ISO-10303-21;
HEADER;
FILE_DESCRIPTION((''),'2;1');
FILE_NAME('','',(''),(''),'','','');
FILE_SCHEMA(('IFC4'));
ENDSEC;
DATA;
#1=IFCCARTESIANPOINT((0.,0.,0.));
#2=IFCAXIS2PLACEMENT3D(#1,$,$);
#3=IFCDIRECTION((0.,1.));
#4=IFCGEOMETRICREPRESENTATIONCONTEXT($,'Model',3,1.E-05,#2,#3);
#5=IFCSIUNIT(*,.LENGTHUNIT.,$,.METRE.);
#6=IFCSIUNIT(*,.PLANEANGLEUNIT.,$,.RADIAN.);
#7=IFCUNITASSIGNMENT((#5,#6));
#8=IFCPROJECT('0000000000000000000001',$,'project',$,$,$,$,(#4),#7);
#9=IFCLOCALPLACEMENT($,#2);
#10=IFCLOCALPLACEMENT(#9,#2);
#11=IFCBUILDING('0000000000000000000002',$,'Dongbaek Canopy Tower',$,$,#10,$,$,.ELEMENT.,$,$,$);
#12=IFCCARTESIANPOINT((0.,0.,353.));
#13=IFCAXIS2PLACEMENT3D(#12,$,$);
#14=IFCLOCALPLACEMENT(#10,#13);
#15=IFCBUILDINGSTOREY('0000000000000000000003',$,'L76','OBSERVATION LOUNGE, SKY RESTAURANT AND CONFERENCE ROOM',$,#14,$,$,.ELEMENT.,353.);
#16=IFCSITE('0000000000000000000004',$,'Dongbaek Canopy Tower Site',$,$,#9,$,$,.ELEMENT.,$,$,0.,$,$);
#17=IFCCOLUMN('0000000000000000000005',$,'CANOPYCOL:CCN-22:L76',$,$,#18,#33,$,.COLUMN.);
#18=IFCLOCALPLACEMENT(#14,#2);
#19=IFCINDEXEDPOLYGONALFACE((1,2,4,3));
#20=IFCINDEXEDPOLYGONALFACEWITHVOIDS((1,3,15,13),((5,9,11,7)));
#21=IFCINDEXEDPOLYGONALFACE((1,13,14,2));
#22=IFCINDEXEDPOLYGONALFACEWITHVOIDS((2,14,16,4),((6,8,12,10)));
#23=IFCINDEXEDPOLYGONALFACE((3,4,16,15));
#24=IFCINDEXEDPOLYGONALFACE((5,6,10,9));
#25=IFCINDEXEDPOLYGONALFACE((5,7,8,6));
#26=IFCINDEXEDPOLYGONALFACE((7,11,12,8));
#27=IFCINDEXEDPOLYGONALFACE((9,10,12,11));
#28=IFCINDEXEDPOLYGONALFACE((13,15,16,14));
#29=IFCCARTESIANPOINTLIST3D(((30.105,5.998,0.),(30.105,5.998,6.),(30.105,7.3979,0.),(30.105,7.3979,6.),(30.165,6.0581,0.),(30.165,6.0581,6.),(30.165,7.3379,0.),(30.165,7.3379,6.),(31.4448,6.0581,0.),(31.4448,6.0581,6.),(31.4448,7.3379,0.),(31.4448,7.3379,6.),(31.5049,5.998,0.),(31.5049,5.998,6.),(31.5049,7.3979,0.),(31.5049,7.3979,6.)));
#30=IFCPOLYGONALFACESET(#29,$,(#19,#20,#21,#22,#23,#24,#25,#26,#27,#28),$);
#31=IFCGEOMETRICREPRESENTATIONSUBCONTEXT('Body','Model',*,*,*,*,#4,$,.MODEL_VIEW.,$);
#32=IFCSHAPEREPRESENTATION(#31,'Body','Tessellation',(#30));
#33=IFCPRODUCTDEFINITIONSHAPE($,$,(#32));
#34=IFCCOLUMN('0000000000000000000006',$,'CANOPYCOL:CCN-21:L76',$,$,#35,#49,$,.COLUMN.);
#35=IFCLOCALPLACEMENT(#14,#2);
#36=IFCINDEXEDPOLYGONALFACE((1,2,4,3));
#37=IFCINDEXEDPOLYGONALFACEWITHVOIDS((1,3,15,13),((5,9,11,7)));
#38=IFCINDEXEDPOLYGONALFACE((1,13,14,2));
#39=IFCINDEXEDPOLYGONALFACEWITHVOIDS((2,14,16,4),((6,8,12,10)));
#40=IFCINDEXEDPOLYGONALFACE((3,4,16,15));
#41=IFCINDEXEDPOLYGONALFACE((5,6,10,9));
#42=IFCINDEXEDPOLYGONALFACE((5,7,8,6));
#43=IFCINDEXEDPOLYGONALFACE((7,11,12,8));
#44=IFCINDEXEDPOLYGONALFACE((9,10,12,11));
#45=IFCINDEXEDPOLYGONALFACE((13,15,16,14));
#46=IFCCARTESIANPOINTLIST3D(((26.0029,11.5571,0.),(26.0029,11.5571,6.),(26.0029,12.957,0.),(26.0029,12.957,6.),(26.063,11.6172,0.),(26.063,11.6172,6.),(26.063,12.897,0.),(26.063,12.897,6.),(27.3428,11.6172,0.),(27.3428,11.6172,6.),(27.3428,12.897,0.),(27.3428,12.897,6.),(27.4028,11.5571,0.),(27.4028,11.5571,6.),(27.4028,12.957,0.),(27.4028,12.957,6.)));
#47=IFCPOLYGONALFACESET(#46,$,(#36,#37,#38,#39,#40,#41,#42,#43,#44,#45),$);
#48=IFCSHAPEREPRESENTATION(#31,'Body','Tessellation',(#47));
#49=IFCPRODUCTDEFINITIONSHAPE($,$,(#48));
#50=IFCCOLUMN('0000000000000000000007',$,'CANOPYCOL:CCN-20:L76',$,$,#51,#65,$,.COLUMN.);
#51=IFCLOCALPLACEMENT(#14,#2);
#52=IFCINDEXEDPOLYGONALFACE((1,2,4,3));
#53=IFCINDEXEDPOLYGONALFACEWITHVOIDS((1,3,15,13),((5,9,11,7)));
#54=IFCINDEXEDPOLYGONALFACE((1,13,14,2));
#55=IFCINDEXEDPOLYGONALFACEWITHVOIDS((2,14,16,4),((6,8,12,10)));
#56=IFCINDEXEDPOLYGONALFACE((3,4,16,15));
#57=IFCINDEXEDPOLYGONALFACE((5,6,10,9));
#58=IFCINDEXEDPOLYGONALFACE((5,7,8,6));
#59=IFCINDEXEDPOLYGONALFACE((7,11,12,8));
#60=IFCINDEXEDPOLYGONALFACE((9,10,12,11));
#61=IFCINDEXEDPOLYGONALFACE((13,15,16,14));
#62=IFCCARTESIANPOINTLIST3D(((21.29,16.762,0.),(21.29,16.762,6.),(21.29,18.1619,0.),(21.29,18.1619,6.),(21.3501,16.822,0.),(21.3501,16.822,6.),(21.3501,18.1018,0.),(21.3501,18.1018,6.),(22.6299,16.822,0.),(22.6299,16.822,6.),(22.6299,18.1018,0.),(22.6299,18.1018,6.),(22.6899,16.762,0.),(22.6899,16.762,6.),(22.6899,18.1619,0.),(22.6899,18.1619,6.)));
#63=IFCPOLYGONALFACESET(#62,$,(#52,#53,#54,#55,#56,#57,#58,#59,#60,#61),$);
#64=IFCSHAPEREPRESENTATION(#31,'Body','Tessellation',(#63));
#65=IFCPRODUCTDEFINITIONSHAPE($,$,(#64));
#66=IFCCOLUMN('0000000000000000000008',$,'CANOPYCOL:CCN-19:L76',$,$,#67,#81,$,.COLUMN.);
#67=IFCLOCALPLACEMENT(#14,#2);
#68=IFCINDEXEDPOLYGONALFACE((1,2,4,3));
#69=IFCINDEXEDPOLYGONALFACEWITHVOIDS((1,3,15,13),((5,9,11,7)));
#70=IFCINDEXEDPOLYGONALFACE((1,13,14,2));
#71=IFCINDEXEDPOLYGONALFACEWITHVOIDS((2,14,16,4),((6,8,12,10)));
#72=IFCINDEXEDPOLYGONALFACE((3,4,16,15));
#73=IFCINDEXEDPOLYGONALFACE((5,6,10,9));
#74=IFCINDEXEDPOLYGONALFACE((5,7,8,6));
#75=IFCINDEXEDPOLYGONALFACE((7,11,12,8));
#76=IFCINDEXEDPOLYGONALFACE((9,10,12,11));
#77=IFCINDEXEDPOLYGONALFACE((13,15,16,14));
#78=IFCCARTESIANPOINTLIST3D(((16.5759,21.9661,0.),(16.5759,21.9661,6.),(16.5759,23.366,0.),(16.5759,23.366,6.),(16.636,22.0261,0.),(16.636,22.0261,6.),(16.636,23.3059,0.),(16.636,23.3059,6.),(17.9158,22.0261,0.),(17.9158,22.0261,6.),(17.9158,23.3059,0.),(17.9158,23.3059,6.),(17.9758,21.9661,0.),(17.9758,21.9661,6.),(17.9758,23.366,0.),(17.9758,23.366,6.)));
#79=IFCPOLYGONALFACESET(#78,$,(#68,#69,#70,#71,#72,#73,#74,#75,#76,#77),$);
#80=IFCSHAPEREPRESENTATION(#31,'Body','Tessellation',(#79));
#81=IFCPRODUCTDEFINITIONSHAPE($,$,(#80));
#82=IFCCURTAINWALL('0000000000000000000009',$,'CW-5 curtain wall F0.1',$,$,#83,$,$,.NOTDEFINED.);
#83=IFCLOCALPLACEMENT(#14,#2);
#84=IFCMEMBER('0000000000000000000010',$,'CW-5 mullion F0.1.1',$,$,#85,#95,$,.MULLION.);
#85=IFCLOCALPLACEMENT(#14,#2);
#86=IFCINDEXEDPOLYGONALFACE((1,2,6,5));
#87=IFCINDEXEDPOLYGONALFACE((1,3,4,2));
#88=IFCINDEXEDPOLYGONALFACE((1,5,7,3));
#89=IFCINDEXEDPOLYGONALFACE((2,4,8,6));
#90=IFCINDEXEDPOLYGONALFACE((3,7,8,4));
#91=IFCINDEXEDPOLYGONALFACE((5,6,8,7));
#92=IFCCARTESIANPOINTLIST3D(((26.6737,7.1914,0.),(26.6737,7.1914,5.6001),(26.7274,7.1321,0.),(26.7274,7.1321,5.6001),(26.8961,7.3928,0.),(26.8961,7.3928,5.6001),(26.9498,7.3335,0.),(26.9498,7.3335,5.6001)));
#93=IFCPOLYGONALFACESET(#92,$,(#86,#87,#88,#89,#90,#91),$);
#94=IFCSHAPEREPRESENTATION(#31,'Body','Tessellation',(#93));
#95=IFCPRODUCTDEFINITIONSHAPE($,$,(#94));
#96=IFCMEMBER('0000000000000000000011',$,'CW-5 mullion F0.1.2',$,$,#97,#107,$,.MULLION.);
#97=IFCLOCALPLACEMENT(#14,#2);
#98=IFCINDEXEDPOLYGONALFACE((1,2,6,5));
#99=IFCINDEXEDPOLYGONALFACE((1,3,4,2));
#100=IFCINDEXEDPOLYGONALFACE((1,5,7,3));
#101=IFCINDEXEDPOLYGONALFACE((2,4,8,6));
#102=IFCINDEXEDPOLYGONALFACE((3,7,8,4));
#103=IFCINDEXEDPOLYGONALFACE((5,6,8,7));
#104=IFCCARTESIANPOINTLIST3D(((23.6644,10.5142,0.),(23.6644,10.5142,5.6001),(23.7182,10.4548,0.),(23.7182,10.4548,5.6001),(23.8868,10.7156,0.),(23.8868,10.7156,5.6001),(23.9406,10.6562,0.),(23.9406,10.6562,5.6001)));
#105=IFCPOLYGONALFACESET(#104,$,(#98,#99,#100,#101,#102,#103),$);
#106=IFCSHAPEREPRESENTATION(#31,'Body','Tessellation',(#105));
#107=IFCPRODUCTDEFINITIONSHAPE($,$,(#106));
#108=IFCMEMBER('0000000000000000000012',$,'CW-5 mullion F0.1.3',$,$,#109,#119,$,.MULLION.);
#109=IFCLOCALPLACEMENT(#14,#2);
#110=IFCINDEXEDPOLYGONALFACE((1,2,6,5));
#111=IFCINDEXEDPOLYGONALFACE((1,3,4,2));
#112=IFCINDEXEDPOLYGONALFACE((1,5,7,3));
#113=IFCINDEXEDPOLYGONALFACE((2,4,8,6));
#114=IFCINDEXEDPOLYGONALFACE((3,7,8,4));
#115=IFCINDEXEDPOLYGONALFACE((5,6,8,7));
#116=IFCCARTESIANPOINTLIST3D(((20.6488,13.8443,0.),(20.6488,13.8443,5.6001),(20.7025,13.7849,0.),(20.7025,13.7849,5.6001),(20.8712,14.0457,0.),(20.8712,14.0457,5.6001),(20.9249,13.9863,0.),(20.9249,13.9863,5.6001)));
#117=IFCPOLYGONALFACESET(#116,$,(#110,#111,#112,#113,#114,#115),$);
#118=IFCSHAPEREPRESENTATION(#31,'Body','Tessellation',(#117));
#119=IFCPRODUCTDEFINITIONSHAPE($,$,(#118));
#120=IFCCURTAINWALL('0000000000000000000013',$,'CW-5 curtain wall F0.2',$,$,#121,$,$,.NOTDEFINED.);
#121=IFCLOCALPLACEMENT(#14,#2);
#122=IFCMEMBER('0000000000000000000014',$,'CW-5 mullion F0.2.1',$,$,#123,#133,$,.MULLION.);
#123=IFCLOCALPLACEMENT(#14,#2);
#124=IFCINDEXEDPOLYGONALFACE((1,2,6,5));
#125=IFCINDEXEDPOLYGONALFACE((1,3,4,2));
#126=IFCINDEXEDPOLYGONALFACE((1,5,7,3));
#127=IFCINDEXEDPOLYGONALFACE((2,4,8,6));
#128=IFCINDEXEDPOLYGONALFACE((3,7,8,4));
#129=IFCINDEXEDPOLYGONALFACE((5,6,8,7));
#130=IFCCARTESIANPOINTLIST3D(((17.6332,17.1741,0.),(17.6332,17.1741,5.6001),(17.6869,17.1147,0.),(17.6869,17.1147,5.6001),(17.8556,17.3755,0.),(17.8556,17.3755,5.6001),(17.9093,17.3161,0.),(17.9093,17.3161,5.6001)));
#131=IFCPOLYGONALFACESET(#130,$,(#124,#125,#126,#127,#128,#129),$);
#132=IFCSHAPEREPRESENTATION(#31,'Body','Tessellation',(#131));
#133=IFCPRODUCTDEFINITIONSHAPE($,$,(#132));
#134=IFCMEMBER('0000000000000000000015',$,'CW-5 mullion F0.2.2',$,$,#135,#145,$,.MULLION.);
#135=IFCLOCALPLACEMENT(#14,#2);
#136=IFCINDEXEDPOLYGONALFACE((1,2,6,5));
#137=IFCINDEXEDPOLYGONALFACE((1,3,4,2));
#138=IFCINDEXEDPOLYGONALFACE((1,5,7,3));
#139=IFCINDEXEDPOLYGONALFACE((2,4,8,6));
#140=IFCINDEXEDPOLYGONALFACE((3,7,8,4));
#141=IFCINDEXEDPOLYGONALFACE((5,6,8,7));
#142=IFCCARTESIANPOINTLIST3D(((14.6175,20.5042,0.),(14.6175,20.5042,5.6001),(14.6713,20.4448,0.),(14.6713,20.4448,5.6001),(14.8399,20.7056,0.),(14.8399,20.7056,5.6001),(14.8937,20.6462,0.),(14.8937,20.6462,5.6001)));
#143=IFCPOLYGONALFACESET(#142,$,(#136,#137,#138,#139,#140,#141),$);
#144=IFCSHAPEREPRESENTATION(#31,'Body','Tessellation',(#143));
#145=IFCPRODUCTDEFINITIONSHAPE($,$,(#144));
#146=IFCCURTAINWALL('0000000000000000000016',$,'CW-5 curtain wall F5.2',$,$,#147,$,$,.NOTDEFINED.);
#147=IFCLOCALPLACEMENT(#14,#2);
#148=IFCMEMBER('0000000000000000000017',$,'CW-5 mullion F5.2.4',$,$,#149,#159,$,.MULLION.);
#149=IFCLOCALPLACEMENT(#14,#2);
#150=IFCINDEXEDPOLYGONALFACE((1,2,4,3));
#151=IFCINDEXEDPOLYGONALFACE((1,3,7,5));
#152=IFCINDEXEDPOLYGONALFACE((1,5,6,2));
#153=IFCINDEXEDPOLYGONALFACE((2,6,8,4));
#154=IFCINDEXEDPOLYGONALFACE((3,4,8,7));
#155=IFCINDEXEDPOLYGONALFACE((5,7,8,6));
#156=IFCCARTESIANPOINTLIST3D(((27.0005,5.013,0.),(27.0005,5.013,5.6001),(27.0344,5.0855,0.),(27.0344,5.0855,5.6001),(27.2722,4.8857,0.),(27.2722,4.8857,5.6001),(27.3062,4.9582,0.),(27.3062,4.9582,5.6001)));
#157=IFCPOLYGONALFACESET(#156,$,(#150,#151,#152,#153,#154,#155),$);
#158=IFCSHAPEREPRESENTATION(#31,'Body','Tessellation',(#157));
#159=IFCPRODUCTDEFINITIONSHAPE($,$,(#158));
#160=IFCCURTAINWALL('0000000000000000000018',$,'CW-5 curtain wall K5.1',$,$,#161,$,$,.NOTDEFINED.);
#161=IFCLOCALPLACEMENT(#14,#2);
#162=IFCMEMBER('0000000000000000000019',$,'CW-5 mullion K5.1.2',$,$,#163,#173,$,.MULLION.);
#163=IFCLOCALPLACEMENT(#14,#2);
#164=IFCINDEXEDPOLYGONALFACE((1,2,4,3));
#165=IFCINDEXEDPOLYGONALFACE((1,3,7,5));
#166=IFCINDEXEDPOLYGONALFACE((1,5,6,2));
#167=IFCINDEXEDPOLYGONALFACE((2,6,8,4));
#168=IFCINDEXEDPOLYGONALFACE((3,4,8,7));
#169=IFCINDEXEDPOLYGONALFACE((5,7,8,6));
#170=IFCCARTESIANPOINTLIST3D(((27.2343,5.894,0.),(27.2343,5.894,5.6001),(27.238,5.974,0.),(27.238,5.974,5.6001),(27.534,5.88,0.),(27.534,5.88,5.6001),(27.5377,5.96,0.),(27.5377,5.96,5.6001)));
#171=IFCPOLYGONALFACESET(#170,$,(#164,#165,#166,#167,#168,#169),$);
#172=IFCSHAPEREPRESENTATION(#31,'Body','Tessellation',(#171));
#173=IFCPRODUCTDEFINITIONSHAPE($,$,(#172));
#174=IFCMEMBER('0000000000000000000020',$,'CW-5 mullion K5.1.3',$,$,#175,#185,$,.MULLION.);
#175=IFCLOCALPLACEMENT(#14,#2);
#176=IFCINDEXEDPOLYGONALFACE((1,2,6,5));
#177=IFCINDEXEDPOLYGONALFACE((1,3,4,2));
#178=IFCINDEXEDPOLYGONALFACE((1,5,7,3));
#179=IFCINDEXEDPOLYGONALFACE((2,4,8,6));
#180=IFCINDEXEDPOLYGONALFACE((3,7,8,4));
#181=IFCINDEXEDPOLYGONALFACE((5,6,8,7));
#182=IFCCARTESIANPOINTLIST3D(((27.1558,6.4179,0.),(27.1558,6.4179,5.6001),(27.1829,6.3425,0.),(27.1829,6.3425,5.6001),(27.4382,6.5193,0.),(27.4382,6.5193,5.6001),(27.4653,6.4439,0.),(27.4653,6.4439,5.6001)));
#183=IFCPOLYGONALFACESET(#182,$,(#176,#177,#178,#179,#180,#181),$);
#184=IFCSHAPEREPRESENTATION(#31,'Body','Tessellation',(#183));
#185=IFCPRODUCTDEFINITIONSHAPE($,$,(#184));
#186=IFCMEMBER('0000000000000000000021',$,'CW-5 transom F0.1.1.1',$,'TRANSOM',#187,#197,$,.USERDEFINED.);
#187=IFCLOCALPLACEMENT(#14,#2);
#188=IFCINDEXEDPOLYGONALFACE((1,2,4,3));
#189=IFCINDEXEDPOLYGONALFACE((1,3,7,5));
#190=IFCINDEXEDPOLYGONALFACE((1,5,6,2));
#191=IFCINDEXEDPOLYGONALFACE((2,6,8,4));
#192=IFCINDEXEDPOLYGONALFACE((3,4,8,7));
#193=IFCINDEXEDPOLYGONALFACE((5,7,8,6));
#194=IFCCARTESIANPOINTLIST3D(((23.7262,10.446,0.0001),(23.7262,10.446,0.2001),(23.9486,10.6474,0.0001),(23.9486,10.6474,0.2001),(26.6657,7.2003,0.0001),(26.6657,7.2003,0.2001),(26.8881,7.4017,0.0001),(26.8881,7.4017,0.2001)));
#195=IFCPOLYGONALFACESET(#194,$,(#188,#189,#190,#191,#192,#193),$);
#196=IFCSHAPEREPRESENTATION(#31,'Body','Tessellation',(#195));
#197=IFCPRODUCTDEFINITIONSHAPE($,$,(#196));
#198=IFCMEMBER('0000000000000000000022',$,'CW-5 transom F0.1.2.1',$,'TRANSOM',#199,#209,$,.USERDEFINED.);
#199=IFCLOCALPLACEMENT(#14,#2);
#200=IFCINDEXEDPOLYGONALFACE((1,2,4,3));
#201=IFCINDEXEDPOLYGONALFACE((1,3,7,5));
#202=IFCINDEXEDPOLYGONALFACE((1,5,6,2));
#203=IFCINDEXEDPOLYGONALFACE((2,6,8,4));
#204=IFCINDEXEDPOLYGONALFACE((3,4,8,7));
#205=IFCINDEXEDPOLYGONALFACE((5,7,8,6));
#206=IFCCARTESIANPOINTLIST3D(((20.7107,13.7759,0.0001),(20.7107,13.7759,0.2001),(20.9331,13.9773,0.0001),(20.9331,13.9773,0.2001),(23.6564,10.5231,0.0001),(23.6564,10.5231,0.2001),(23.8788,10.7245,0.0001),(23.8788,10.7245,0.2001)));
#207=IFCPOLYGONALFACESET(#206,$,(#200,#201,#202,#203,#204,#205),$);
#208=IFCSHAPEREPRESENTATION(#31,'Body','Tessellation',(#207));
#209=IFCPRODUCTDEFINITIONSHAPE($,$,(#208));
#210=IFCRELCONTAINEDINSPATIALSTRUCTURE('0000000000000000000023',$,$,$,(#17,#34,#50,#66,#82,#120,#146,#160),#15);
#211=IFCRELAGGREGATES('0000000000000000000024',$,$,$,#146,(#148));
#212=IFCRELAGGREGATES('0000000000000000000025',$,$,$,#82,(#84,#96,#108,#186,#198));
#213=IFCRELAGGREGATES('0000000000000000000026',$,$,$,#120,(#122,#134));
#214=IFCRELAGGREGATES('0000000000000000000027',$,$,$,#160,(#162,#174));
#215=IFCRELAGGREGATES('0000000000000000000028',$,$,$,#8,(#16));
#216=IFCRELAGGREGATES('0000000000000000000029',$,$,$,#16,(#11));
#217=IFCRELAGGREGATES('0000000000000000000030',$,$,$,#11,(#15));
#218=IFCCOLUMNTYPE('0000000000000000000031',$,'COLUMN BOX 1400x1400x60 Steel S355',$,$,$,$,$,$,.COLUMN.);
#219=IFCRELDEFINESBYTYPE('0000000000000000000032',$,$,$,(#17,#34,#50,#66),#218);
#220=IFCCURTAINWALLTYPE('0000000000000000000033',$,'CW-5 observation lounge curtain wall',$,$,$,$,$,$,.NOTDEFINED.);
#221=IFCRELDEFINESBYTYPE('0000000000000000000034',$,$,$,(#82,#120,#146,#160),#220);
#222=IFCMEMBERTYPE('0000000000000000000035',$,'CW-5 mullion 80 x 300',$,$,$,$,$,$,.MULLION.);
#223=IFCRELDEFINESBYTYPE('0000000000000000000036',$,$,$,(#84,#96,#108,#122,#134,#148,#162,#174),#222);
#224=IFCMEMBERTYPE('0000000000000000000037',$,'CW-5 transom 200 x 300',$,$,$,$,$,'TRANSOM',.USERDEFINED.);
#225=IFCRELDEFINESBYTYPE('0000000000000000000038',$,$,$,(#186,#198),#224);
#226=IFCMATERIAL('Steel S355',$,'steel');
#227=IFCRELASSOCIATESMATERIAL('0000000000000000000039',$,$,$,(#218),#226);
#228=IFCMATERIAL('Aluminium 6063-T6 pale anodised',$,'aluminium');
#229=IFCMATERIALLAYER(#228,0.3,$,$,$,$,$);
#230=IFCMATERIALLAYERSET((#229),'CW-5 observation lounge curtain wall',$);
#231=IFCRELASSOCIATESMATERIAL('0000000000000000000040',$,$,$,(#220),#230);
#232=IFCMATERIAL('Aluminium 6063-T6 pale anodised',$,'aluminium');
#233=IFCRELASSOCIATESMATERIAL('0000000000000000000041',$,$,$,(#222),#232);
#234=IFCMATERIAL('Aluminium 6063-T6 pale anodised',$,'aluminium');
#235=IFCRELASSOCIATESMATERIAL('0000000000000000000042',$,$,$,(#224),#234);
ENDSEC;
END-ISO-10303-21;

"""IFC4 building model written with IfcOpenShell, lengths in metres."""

from ifc_helpers import new_model, si_unit, direction, frame, origin, origin_2d, place, context, subcontext, project, spatial, rectangle, hollow_rectangle, extrude, material, layer, layer_set, material_profile, profile_set, type_object, element, aggregate, save


model = new_model("IFC4")

# Units and contexts
model_context = context("Model", 3, precision=1e-05, world=origin(), true_north=direction((0.0, 1.0)))
body_context = subcontext(model_context, "Body", "Model", "MODEL_VIEW")
ifc_project = project(units=[si_unit("LENGTHUNIT", "METRE"), si_unit("PLANEANGLEUNIT", "RADIAN")], contexts=[model_context])

# Site, building, storey
site_placement = place(None, origin())
site = spatial("IfcSite", under=ifc_project, at=site_placement, Name="Dongbaek Canopy Tower Site", CompositionType="ELEMENT", RefElevation=0.0)
building_placement = place(site_placement, origin())
building = spatial("IfcBuilding", under=site, at=building_placement, Name="Dongbaek Canopy Tower", CompositionType="ELEMENT")
storey_placement = place(building_placement, frame((0.0, 0.0, 353.0)))
storey = spatial("IfcBuildingStorey", under=building, at=storey_placement, Name="L76", Description="OBSERVATION LOUNGE, SKY RESTAURANT AND CONFERENCE ROOM", CompositionType="ELEMENT", Elevation=353.0)

# Columns
ifc_material_1 = material(Name="Steel S355", Category="steel")
ifc_material_profile_1 = material_profile(ifc_material_1, hollow_rectangle(XDim=1.3999, YDim=1.3999, WallThickness=0.0601, at=origin_2d()), Name="COLUMN BOX 1400x1400x60 Steel S355")
ifc_profile_set_1 = profile_set([ifc_material_profile_1], Name="Steel S355")
column_type = type_object("IfcColumnType", Name="COLUMN BOX 1400x1400x60 Steel S355", PredefinedType="COLUMN", material=ifc_profile_set_1)
for number, where, z_axis, x_axis, name in (
    (1, (30.8049, 6.698, 0.0), (0.0, 0.0, 1.0), (1.0, 0.0, 0.0), "CANOPYCOL:CCN-22:L76"),
    (2, (26.7029, 12.2571, 0.0), (0.0, 0.0, 1.0), (1.0, 0.0, 0.0), "CANOPYCOL:CCN-21:L76"),
    (3, (21.99, 17.4619, 0.0), (0.0, 0.0, 1.0), (1.0, 0.0, 0.0), "CANOPYCOL:CCN-20:L76"),
    (4, (17.2759, 22.666, 0.0), (0.0, 0.0, 1.0), (1.0, 0.0, 0.0), "CANOPYCOL:CCN-19:L76"),
):
    element("IfcColumn", number, at=place(storey_placement, frame(where, z_axis=z_axis, x_axis=x_axis)), inside=storey, type_object=column_type, Name=name, PredefinedType="COLUMN", context=body_context, shape_type="SweptSolid", body=[
        extrude(hollow_rectangle(XDim=1.3999, YDim=1.3999, WallThickness=0.0601, at=origin_2d()), origin(), (0.0, 0.0, 1.0), 6.0),
    ])

# Curtain walls, members
ifc_material_2 = material(Name="Aluminium 6063-T6 pale anodised", Category="aluminium")
ifc_layer_1 = layer(ifc_material_2, 0.3)
ifc_layer_set_1 = layer_set([ifc_layer_1], Name="CW-5 observation lounge curtain wall")
curtain_wall_type = type_object("IfcCurtainWallType", Name="CW-5 observation lounge curtain wall", PredefinedType="NOTDEFINED", material=ifc_layer_set_1)
curtain_wall_1_placement = place(storey_placement, origin())
curtain_wall_1 = element("IfcCurtainWall", 5, at=curtain_wall_1_placement, inside=storey, type_object=curtain_wall_type, Name="CW-5 curtain wall F0.1", PredefinedType="NOTDEFINED")
ifc_material_3 = material(Name="Aluminium 6063-T6 pale anodised", Category="aluminium")
ifc_material_profile_2 = material_profile(ifc_material_3, rectangle(XDim=0.3, YDim=0.0801, at=origin_2d()), Name="CW-5 mullion 80 x 300")
ifc_profile_set_2 = profile_set([ifc_material_profile_2], Name="Aluminium 6063-T6 pale anodised")
member_type_1 = type_object("IfcMemberType", Name="CW-5 mullion 80 x 300", PredefinedType="MULLION", material=ifc_profile_set_2)
member_1_placement = place(storey_placement, frame((26.8118, 7.2625, 0.0), z_axis=(0.0, 0.0, 1.0), x_axis=(0.741222, 0.67126, 0.0)))
member_1 = element("IfcMember", 6, at=member_1_placement, type_object=member_type_1, Name="CW-5 mullion F0.1.1", PredefinedType="MULLION", context=body_context, shape_type="SweptSolid", body=[
    extrude(rectangle(XDim=0.3, YDim=0.0801, at=origin_2d()), origin(), (0.0, 0.0, 1.0), 5.6001),
])
member_2_placement = place(storey_placement, frame((23.8025, 10.5852, 0.0), z_axis=(0.0, 0.0, 1.0), x_axis=(0.741222, 0.67126, 0.0)))
member_2 = element("IfcMember", 7, at=member_2_placement, type_object=member_type_1, Name="CW-5 mullion F0.1.2", PredefinedType="MULLION", context=body_context, shape_type="SweptSolid", body=[
    extrude(rectangle(XDim=0.3, YDim=0.0801, at=origin_2d()), origin(), (0.0, 0.0, 1.0), 5.6001),
])
member_3_placement = place(storey_placement, frame((20.7869, 13.9153, 0.0), z_axis=(0.0, 0.0, 1.0), x_axis=(0.741222, 0.67126, 0.0)))
member_3 = element("IfcMember", 8, at=member_3_placement, type_object=member_type_1, Name="CW-5 mullion F0.1.3", PredefinedType="MULLION", context=body_context, shape_type="SweptSolid", body=[
    extrude(rectangle(XDim=0.3, YDim=0.0801, at=origin_2d()), origin(), (0.0, 0.0, 1.0), 5.6001),
])
curtain_wall_2_placement = place(storey_placement, origin())
curtain_wall_2 = element("IfcCurtainWall", 9, at=curtain_wall_2_placement, inside=storey, type_object=curtain_wall_type, Name="CW-5 curtain wall F0.2", PredefinedType="NOTDEFINED")
member_4_placement = place(storey_placement, frame((17.7712, 17.2451, 0.0), z_axis=(0.0, 0.0, 1.0), x_axis=(0.741222, 0.67126, 0.0)))
member_4 = element("IfcMember", 10, at=member_4_placement, type_object=member_type_1, Name="CW-5 mullion F0.2.1", PredefinedType="MULLION", context=body_context, shape_type="SweptSolid", body=[
    extrude(rectangle(XDim=0.3, YDim=0.0801, at=origin_2d()), origin(), (0.0, 0.0, 1.0), 5.6001),
])
member_5_placement = place(storey_placement, frame((14.7556, 20.5752, 0.0), z_axis=(0.0, 0.0, 1.0), x_axis=(0.741222, 0.67126, 0.0)))
member_5 = element("IfcMember", 11, at=member_5_placement, type_object=member_type_1, Name="CW-5 mullion F0.2.2", PredefinedType="MULLION", context=body_context, shape_type="SweptSolid", body=[
    extrude(rectangle(XDim=0.3, YDim=0.0801, at=origin_2d()), origin(), (0.0, 0.0, 1.0), 5.6001),
])

# Curtain wall, member
curtain_wall_3_placement = place(storey_placement, origin())
curtain_wall_3 = element("IfcCurtainWall", 12, at=curtain_wall_3_placement, inside=storey, type_object=curtain_wall_type, Name="CW-5 curtain wall F5.2", PredefinedType="NOTDEFINED")
member_6_placement = place(storey_placement, frame((27.1533, 4.9856, 0.0), z_axis=(0.0, 0.0, 1.0), x_axis=(0.905605, -0.424123, 0.0)))
member_6 = element("IfcMember", 13, at=member_6_placement, type_object=member_type_1, Name="CW-5 mullion F5.2.4", PredefinedType="MULLION", context=body_context, shape_type="SweptSolid", body=[
    extrude(rectangle(XDim=0.3, YDim=0.0801, at=origin_2d()), origin(), (0.0, 0.0, 1.0), 5.6001),
])
aggregate(curtain_wall_3, [member_6])

# Curtain wall, members
curtain_wall_4_placement = place(storey_placement, origin())
curtain_wall_4 = element("IfcCurtainWall", 14, at=curtain_wall_4_placement, inside=storey, type_object=curtain_wall_type, Name="CW-5 curtain wall K5.1", PredefinedType="NOTDEFINED")
member_7_placement = place(storey_placement, frame((27.386, 5.927, 0.0), z_axis=(0.0, 0.0, 1.0), x_axis=(0.99891, -0.046676, 0.0)))
member_7 = element("IfcMember", 15, at=member_7_placement, type_object=member_type_1, Name="CW-5 mullion K5.1.2", PredefinedType="MULLION", context=body_context, shape_type="SweptSolid", body=[
    extrude(rectangle(XDim=0.3, YDim=0.0801, at=origin_2d()), origin(), (0.0, 0.0, 1.0), 5.6001),
])
member_8_placement = place(storey_placement, frame((27.3105, 6.4309, 0.0), z_axis=(0.0, 0.0, 1.0), x_axis=(0.941208, 0.337827, 0.0)))
member_8 = element("IfcMember", 16, at=member_8_placement, type_object=member_type_1, Name="CW-5 mullion K5.1.3", PredefinedType="MULLION", context=body_context, shape_type="SweptSolid", body=[
    extrude(rectangle(XDim=0.3, YDim=0.0801, at=origin_2d()), origin(), (0.0, 0.0, 1.0), 5.6001),
])

# Members
ifc_material_4 = material(Name="Aluminium 6063-T6 pale anodised", Category="aluminium")
ifc_material_profile_3 = material_profile(ifc_material_4, rectangle(XDim=0.3, YDim=0.2, at=origin_2d()), Name="CW-5 transom 200 x 300")
ifc_profile_set_3 = profile_set([ifc_material_profile_3], Name="Aluminium 6063-T6 pale anodised")
member_type_2 = type_object("IfcMemberType", Name="CW-5 transom 200 x 300", ElementType="TRANSOM", PredefinedType="USERDEFINED", material=ifc_profile_set_3)
member_9_placement = place(storey_placement, frame((26.7769, 7.301, 0.1001), z_axis=(-0.671284, 0.7412, 0.0), x_axis=(-0.7412, -0.671284, 0.0)))
member_9 = element("IfcMember", 17, at=member_9_placement, type_object=member_type_2, Name="CW-5 transom F0.1.1.1", ObjectType="TRANSOM", PredefinedType="USERDEFINED", context=body_context, shape_type="SweptSolid", body=[
    extrude(rectangle(XDim=0.3, YDim=0.2, at=origin_2d()), origin(), (0.0, 0.0, 1.0), 4.3789),
])
member_10_placement = place(storey_placement, frame((23.7676, 10.6238, 0.1001), z_axis=(-0.671248, 0.741233, 0.0), x_axis=(-0.741233, -0.671248, 0.0)))
member_10 = element("IfcMember", 18, at=member_10_placement, type_object=member_type_2, Name="CW-5 transom F0.1.2.1", ObjectType="TRANSOM", PredefinedType="USERDEFINED", context=body_context, shape_type="SweptSolid", body=[
    extrude(rectangle(XDim=0.3, YDim=0.2, at=origin_2d()), origin(), (0.0, 0.0, 1.0), 4.3884),
])
aggregate(curtain_wall_1, [member_1, member_2, member_3, member_9, member_10])
aggregate(curtain_wall_2, [member_4, member_5])
aggregate(curtain_wall_4, [member_7, member_8])

save(model, "model.ifc")
